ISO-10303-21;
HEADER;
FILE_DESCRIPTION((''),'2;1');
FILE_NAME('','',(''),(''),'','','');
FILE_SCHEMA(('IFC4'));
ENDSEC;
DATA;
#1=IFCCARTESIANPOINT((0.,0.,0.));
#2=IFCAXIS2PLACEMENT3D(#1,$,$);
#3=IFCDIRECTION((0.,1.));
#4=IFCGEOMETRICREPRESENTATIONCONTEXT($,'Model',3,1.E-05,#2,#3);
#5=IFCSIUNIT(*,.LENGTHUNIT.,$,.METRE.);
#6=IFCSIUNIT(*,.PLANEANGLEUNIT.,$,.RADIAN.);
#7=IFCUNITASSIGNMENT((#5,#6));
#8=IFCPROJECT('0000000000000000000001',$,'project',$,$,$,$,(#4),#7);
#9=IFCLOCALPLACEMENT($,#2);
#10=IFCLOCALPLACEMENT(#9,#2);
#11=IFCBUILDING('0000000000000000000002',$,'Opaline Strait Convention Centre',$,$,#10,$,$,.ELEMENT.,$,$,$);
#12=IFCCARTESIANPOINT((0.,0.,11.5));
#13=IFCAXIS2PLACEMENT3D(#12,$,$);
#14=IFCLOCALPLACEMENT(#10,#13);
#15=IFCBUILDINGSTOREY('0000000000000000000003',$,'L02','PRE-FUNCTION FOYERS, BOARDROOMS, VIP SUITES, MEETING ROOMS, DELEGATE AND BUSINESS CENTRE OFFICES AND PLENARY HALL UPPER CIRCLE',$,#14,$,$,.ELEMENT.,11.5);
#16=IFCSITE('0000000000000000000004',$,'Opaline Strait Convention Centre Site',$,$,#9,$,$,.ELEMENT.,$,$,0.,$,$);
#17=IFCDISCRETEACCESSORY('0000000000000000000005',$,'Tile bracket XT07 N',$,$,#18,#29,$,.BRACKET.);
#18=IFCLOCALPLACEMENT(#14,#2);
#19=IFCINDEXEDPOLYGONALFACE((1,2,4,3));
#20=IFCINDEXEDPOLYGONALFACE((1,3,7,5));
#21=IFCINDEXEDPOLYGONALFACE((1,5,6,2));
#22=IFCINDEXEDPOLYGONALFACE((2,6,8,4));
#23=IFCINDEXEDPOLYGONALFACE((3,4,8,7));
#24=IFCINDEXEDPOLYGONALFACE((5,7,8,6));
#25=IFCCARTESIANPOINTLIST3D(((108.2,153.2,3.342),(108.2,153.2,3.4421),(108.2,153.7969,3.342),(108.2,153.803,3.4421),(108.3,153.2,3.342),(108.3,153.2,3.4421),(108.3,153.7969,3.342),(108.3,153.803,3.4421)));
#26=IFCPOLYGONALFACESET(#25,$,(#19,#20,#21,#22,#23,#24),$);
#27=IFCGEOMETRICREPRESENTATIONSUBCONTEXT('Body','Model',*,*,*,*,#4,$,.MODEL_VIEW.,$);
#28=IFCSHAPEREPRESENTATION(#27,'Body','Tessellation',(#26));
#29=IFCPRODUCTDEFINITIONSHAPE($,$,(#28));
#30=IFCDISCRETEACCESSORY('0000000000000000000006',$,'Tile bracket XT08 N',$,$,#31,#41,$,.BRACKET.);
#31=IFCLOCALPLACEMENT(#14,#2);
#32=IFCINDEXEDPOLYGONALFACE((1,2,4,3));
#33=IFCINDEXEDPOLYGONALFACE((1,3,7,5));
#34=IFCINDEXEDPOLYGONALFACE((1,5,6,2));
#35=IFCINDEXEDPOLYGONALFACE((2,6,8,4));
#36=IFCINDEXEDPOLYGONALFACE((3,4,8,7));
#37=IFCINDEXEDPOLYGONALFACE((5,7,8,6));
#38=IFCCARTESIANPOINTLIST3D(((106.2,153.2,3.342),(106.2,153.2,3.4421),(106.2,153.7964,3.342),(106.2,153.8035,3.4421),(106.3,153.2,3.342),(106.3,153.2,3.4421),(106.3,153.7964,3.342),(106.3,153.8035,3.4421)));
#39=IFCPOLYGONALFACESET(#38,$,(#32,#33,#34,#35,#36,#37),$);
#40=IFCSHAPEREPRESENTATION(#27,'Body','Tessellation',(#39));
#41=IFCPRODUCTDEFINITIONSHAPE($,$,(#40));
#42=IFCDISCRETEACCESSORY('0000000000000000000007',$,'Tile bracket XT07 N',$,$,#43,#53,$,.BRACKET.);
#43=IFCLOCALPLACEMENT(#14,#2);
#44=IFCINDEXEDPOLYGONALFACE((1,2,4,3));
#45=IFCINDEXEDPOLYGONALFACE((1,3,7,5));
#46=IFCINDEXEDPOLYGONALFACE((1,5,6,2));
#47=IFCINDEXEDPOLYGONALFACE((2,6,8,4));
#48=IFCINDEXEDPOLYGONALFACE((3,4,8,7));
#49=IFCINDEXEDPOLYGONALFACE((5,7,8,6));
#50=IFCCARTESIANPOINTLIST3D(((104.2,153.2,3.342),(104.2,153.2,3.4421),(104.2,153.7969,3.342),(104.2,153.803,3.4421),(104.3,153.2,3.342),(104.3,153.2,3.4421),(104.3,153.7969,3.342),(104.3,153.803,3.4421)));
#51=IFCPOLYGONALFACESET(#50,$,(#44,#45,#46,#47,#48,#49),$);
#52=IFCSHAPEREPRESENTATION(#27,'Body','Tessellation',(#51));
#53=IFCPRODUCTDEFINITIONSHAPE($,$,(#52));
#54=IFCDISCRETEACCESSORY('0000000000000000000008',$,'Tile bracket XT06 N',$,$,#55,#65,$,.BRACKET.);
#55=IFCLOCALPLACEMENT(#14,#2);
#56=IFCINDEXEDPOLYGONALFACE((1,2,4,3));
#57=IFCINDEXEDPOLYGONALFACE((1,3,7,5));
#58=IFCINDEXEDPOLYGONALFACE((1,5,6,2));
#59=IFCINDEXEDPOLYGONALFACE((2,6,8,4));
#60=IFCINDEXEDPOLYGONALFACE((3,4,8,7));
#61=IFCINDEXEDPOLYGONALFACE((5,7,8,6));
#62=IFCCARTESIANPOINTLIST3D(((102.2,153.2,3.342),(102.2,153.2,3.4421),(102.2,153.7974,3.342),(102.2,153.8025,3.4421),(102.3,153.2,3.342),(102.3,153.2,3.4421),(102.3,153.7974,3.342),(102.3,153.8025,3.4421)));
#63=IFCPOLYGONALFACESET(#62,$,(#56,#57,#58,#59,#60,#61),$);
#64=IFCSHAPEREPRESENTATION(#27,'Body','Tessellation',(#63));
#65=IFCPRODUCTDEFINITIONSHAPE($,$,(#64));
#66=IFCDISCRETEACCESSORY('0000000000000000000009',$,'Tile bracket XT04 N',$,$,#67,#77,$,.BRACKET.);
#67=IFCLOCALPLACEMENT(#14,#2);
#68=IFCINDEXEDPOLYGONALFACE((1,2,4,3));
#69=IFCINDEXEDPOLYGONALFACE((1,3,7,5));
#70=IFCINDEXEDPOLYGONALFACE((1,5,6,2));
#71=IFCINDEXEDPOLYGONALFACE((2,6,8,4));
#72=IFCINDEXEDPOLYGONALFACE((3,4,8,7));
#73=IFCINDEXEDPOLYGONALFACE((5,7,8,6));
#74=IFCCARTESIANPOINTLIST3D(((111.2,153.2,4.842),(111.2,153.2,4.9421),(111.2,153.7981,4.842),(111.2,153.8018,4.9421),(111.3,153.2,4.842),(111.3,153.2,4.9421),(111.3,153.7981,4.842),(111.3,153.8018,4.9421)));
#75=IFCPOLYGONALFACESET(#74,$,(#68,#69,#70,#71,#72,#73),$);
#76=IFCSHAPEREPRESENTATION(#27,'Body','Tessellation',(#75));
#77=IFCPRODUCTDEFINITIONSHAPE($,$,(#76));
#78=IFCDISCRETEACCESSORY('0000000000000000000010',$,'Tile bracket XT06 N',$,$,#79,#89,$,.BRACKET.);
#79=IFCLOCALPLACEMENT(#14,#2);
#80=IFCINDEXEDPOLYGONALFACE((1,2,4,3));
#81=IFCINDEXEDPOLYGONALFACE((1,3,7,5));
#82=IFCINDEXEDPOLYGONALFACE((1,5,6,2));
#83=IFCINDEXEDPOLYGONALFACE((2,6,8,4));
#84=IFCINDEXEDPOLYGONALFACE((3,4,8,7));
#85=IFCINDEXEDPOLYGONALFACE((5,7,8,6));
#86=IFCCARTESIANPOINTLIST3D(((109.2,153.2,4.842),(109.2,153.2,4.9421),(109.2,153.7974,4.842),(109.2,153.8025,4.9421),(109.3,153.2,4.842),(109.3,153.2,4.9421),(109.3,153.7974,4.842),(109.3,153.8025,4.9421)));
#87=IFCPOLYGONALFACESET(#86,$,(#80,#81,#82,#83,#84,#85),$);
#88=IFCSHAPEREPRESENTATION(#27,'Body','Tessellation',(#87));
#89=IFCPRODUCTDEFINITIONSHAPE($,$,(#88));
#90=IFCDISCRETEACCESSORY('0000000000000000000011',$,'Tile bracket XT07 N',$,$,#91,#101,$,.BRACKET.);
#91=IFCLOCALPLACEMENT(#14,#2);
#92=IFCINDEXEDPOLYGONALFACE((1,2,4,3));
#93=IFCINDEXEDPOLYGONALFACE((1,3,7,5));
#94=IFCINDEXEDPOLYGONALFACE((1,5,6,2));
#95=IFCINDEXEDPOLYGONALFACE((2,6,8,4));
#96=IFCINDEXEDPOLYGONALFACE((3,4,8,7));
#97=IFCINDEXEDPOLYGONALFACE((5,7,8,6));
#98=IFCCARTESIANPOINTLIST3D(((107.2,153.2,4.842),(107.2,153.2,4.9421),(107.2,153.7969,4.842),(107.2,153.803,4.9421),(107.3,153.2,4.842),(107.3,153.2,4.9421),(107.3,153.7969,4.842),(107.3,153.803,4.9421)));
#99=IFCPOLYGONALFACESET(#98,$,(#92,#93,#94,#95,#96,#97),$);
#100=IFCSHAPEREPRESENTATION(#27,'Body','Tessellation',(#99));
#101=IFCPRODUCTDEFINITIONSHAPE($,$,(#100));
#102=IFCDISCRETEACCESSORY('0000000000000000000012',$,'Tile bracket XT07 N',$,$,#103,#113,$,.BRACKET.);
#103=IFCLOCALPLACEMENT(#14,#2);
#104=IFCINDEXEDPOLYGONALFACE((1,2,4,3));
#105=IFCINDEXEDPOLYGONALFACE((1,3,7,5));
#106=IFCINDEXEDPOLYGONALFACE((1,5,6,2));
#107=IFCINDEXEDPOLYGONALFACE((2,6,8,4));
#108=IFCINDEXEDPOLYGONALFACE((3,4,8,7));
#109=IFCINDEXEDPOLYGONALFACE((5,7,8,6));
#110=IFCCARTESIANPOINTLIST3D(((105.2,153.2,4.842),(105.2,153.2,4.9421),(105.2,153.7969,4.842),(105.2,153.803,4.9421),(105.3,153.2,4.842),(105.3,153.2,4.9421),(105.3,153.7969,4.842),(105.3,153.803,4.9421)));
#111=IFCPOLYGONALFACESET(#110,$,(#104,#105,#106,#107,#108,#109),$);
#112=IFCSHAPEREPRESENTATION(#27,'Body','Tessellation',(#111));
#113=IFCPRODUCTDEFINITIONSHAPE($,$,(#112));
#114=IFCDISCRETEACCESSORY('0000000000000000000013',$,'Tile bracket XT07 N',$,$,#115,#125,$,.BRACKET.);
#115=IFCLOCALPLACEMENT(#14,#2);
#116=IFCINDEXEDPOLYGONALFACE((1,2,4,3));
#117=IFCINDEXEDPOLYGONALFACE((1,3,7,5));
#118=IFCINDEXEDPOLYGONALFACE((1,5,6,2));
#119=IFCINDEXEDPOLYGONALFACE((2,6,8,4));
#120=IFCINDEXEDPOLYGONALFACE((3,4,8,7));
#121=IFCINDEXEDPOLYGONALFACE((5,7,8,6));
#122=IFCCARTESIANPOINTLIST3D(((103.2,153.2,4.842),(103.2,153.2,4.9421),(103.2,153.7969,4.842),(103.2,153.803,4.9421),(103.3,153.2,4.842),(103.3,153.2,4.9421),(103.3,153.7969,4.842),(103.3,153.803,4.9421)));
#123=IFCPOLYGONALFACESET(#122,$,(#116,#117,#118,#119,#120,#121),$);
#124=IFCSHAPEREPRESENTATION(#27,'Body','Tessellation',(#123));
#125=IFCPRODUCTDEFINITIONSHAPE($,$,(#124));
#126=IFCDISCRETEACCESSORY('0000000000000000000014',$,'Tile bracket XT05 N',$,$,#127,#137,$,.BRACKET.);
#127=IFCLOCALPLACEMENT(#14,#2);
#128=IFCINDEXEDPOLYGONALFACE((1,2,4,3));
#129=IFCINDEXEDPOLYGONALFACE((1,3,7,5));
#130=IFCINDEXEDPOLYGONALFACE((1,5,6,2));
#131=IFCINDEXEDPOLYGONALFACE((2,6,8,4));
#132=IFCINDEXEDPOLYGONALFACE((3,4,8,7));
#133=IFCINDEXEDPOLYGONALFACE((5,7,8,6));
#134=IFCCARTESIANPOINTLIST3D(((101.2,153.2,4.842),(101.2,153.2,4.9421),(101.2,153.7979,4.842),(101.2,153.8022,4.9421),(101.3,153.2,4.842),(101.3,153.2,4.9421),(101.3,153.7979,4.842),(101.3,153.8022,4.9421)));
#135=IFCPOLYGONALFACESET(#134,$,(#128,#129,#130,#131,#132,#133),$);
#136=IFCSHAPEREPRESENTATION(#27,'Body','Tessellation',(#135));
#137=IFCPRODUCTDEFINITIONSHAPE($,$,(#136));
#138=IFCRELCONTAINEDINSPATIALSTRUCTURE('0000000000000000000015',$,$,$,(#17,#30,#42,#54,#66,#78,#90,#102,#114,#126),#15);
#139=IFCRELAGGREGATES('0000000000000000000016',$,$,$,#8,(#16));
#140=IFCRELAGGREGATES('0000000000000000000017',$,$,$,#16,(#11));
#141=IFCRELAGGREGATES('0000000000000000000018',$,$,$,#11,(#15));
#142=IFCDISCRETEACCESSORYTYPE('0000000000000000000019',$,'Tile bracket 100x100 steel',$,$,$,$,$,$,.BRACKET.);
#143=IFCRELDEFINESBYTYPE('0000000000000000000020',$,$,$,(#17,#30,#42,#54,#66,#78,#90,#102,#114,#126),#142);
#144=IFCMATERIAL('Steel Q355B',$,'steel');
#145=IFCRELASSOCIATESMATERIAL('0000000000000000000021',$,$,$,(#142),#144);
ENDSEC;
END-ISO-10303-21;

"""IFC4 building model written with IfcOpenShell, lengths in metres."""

from ifc_helpers import new_model, si_unit, direction, frame, origin, place, context, subcontext, project, spatial, polyline, outline, extrude, material, type_object, element, save


model = new_model("IFC4")

# Units and contexts
model_context = context("Model", 3, precision=1e-05, world=origin(), true_north=direction((0.0, 1.0)))
body_context = subcontext(model_context, "Body", "Model", "MODEL_VIEW")
ifc_project = project(units=[si_unit("LENGTHUNIT", "METRE"), si_unit("PLANEANGLEUNIT", "RADIAN")], contexts=[model_context])

# Site, building, storey
site_placement = place(None, origin())
site = spatial("IfcSite", under=ifc_project, at=site_placement, Name="Opaline Strait Convention Centre Site", CompositionType="ELEMENT", RefElevation=0.0)
building_placement = place(site_placement, origin())
building = spatial("IfcBuilding", under=site, at=building_placement, Name="Opaline Strait Convention Centre", CompositionType="ELEMENT")
storey_placement = place(building_placement, frame((0.0, 0.0, 11.5)))
storey = spatial("IfcBuildingStorey", under=building, at=storey_placement, Name="L02", Description="PRE-FUNCTION FOYERS, BOARDROOMS, VIP SUITES, MEETING ROOMS, DELEGATE AND BUSINESS CENTRE OFFICES AND PLENARY HALL UPPER CIRCLE", CompositionType="ELEMENT", Elevation=11.5)

# Shared definitions
ifc_material_1 = material(Name="Steel Q355B", Category="steel")

# Discrete accessories
discrete_accessory_type = type_object("IfcDiscreteAccessoryType", Name="Tile bracket 100x100 steel", PredefinedType="BRACKET", material=ifc_material_1)
discrete_accessory_1_placement = place(storey_placement, frame((108.3, 153.2, 3.3921), z_axis=(-1.0, 0.0, 0.0), x_axis=(0.0, -1.0, 0.0)))
element("IfcDiscreteAccessory", 1, at=discrete_accessory_1_placement, inside=storey, type_object=discrete_accessory_type, Name="Tile bracket XT07 N", PredefinedType="BRACKET", context=body_context, shape_type="SweptSolid", body=[
    extrude(outline(polyline([(0.0, -0.05), (0.0, 0.05), (-0.603, 0.05), (-0.5969, -0.05), (0.0, -0.05)])), origin(), (0.0, 0.0, 1.0), 0.1001),
])
discrete_accessory_2_placement = place(storey_placement, frame((106.3, 153.2, 3.3921), z_axis=(-1.0, 0.0, 0.0), x_axis=(0.0, -1.0, 0.0)))
element("IfcDiscreteAccessory", 2, at=discrete_accessory_2_placement, inside=storey, type_object=discrete_accessory_type, Name="Tile bracket XT08 N", PredefinedType="BRACKET", context=body_context, shape_type="SweptSolid", body=[
    extrude(outline(polyline([(0.0, -0.05), (0.0, 0.05), (-0.6035, 0.05), (-0.5964, -0.05), (0.0, -0.05)])), origin(), (0.0, 0.0, 1.0), 0.1001),
])
discrete_accessory_3_placement = place(storey_placement, frame((104.3, 153.2, 3.3921), z_axis=(-1.0, 0.0, 0.0), x_axis=(0.0, -1.0, 0.0)))
element("IfcDiscreteAccessory", 3, at=discrete_accessory_3_placement, inside=storey, type_object=discrete_accessory_type, Name="Tile bracket XT07 N", PredefinedType="BRACKET", context=body_context, shape_type="SweptSolid", body=[
    extrude(outline(polyline([(0.0, -0.05), (0.0, 0.05), (-0.603, 0.05), (-0.5969, -0.05), (0.0, -0.05)])), origin(), (0.0, 0.0, 1.0), 0.1001),
])
discrete_accessory_4_placement = place(storey_placement, frame((102.3, 153.2, 3.3921), z_axis=(-1.0, 0.0, 0.0), x_axis=(0.0, -1.0, 0.0)))
element("IfcDiscreteAccessory", 4, at=discrete_accessory_4_placement, inside=storey, type_object=discrete_accessory_type, Name="Tile bracket XT06 N", PredefinedType="BRACKET", context=body_context, shape_type="SweptSolid", body=[
    extrude(outline(polyline([(0.0, -0.05), (0.0, 0.05), (-0.6025, 0.05), (-0.5974, -0.05), (0.0, -0.05)])), origin(), (0.0, 0.0, 1.0), 0.1001),
])
discrete_accessory_5_placement = place(storey_placement, frame((111.3, 153.2, 4.8921), z_axis=(-1.0, 0.0, 0.0), x_axis=(0.0, -1.0, 0.0)))
element("IfcDiscreteAccessory", 5, at=discrete_accessory_5_placement, inside=storey, type_object=discrete_accessory_type, Name="Tile bracket XT04 N", PredefinedType="BRACKET", context=body_context, shape_type="SweptSolid", body=[
    extrude(outline(polyline([(0.0, -0.05), (0.0, 0.05), (-0.6018, 0.05), (-0.5981, -0.05), (0.0, -0.05)])), origin(), (0.0, 0.0, 1.0), 0.1001),
])
discrete_accessory_6_placement = place(storey_placement, frame((109.3, 153.2, 4.8921), z_axis=(-1.0, 0.0, 0.0), x_axis=(0.0, -1.0, 0.0)))
element("IfcDiscreteAccessory", 6, at=discrete_accessory_6_placement, inside=storey, type_object=discrete_accessory_type, Name="Tile bracket XT06 N", PredefinedType="BRACKET", context=body_context, shape_type="SweptSolid", body=[
    extrude(outline(polyline([(0.0, -0.05), (0.0, 0.05), (-0.6025, 0.05), (-0.5974, -0.05), (0.0, -0.05)])), origin(), (0.0, 0.0, 1.0), 0.1001),
])
for number, where, z_axis, x_axis, name in (
    (7, (107.3, 153.2, 4.8921), (-1.0, 0.0, 0.0), (0.0, -1.0, 0.0), "Tile bracket XT07 N"),
    (8, (105.3, 153.2, 4.8921), (-1.0, 0.0, 0.0), (0.0, -1.0, 0.0), "Tile bracket XT07 N"),
    (9, (103.3, 153.2, 4.8921), (-1.0, 0.0, 0.0), (0.0, -1.0, 0.0), "Tile bracket XT07 N"),
):
    element("IfcDiscreteAccessory", number, at=place(storey_placement, frame(where, z_axis=z_axis, x_axis=x_axis)), inside=storey, type_object=discrete_accessory_type, Name=name, PredefinedType="BRACKET", context=body_context, shape_type="SweptSolid", body=[
        extrude(outline(polyline([(0.0, -0.05), (0.0, 0.05), (-0.603, 0.05), (-0.5969, -0.05), (0.0, -0.05)])), origin(), (0.0, 0.0, 1.0), 0.1001),
    ])
discrete_accessory_7_placement = place(storey_placement, frame((101.3, 153.2, 4.8921), z_axis=(-1.0, 0.0, 0.0), x_axis=(0.0, -1.0, 0.0)))
element("IfcDiscreteAccessory", 10, at=discrete_accessory_7_placement, inside=storey, type_object=discrete_accessory_type, Name="Tile bracket XT05 N", PredefinedType="BRACKET", context=body_context, shape_type="SweptSolid", body=[
    extrude(outline(polyline([(0.0, -0.05), (0.0, 0.05), (-0.6023, 0.05), (-0.5979, -0.05), (0.0, -0.05)])), origin(), (0.0, 0.0, 1.0), 0.1001),
])

save(model, "model.ifc")
